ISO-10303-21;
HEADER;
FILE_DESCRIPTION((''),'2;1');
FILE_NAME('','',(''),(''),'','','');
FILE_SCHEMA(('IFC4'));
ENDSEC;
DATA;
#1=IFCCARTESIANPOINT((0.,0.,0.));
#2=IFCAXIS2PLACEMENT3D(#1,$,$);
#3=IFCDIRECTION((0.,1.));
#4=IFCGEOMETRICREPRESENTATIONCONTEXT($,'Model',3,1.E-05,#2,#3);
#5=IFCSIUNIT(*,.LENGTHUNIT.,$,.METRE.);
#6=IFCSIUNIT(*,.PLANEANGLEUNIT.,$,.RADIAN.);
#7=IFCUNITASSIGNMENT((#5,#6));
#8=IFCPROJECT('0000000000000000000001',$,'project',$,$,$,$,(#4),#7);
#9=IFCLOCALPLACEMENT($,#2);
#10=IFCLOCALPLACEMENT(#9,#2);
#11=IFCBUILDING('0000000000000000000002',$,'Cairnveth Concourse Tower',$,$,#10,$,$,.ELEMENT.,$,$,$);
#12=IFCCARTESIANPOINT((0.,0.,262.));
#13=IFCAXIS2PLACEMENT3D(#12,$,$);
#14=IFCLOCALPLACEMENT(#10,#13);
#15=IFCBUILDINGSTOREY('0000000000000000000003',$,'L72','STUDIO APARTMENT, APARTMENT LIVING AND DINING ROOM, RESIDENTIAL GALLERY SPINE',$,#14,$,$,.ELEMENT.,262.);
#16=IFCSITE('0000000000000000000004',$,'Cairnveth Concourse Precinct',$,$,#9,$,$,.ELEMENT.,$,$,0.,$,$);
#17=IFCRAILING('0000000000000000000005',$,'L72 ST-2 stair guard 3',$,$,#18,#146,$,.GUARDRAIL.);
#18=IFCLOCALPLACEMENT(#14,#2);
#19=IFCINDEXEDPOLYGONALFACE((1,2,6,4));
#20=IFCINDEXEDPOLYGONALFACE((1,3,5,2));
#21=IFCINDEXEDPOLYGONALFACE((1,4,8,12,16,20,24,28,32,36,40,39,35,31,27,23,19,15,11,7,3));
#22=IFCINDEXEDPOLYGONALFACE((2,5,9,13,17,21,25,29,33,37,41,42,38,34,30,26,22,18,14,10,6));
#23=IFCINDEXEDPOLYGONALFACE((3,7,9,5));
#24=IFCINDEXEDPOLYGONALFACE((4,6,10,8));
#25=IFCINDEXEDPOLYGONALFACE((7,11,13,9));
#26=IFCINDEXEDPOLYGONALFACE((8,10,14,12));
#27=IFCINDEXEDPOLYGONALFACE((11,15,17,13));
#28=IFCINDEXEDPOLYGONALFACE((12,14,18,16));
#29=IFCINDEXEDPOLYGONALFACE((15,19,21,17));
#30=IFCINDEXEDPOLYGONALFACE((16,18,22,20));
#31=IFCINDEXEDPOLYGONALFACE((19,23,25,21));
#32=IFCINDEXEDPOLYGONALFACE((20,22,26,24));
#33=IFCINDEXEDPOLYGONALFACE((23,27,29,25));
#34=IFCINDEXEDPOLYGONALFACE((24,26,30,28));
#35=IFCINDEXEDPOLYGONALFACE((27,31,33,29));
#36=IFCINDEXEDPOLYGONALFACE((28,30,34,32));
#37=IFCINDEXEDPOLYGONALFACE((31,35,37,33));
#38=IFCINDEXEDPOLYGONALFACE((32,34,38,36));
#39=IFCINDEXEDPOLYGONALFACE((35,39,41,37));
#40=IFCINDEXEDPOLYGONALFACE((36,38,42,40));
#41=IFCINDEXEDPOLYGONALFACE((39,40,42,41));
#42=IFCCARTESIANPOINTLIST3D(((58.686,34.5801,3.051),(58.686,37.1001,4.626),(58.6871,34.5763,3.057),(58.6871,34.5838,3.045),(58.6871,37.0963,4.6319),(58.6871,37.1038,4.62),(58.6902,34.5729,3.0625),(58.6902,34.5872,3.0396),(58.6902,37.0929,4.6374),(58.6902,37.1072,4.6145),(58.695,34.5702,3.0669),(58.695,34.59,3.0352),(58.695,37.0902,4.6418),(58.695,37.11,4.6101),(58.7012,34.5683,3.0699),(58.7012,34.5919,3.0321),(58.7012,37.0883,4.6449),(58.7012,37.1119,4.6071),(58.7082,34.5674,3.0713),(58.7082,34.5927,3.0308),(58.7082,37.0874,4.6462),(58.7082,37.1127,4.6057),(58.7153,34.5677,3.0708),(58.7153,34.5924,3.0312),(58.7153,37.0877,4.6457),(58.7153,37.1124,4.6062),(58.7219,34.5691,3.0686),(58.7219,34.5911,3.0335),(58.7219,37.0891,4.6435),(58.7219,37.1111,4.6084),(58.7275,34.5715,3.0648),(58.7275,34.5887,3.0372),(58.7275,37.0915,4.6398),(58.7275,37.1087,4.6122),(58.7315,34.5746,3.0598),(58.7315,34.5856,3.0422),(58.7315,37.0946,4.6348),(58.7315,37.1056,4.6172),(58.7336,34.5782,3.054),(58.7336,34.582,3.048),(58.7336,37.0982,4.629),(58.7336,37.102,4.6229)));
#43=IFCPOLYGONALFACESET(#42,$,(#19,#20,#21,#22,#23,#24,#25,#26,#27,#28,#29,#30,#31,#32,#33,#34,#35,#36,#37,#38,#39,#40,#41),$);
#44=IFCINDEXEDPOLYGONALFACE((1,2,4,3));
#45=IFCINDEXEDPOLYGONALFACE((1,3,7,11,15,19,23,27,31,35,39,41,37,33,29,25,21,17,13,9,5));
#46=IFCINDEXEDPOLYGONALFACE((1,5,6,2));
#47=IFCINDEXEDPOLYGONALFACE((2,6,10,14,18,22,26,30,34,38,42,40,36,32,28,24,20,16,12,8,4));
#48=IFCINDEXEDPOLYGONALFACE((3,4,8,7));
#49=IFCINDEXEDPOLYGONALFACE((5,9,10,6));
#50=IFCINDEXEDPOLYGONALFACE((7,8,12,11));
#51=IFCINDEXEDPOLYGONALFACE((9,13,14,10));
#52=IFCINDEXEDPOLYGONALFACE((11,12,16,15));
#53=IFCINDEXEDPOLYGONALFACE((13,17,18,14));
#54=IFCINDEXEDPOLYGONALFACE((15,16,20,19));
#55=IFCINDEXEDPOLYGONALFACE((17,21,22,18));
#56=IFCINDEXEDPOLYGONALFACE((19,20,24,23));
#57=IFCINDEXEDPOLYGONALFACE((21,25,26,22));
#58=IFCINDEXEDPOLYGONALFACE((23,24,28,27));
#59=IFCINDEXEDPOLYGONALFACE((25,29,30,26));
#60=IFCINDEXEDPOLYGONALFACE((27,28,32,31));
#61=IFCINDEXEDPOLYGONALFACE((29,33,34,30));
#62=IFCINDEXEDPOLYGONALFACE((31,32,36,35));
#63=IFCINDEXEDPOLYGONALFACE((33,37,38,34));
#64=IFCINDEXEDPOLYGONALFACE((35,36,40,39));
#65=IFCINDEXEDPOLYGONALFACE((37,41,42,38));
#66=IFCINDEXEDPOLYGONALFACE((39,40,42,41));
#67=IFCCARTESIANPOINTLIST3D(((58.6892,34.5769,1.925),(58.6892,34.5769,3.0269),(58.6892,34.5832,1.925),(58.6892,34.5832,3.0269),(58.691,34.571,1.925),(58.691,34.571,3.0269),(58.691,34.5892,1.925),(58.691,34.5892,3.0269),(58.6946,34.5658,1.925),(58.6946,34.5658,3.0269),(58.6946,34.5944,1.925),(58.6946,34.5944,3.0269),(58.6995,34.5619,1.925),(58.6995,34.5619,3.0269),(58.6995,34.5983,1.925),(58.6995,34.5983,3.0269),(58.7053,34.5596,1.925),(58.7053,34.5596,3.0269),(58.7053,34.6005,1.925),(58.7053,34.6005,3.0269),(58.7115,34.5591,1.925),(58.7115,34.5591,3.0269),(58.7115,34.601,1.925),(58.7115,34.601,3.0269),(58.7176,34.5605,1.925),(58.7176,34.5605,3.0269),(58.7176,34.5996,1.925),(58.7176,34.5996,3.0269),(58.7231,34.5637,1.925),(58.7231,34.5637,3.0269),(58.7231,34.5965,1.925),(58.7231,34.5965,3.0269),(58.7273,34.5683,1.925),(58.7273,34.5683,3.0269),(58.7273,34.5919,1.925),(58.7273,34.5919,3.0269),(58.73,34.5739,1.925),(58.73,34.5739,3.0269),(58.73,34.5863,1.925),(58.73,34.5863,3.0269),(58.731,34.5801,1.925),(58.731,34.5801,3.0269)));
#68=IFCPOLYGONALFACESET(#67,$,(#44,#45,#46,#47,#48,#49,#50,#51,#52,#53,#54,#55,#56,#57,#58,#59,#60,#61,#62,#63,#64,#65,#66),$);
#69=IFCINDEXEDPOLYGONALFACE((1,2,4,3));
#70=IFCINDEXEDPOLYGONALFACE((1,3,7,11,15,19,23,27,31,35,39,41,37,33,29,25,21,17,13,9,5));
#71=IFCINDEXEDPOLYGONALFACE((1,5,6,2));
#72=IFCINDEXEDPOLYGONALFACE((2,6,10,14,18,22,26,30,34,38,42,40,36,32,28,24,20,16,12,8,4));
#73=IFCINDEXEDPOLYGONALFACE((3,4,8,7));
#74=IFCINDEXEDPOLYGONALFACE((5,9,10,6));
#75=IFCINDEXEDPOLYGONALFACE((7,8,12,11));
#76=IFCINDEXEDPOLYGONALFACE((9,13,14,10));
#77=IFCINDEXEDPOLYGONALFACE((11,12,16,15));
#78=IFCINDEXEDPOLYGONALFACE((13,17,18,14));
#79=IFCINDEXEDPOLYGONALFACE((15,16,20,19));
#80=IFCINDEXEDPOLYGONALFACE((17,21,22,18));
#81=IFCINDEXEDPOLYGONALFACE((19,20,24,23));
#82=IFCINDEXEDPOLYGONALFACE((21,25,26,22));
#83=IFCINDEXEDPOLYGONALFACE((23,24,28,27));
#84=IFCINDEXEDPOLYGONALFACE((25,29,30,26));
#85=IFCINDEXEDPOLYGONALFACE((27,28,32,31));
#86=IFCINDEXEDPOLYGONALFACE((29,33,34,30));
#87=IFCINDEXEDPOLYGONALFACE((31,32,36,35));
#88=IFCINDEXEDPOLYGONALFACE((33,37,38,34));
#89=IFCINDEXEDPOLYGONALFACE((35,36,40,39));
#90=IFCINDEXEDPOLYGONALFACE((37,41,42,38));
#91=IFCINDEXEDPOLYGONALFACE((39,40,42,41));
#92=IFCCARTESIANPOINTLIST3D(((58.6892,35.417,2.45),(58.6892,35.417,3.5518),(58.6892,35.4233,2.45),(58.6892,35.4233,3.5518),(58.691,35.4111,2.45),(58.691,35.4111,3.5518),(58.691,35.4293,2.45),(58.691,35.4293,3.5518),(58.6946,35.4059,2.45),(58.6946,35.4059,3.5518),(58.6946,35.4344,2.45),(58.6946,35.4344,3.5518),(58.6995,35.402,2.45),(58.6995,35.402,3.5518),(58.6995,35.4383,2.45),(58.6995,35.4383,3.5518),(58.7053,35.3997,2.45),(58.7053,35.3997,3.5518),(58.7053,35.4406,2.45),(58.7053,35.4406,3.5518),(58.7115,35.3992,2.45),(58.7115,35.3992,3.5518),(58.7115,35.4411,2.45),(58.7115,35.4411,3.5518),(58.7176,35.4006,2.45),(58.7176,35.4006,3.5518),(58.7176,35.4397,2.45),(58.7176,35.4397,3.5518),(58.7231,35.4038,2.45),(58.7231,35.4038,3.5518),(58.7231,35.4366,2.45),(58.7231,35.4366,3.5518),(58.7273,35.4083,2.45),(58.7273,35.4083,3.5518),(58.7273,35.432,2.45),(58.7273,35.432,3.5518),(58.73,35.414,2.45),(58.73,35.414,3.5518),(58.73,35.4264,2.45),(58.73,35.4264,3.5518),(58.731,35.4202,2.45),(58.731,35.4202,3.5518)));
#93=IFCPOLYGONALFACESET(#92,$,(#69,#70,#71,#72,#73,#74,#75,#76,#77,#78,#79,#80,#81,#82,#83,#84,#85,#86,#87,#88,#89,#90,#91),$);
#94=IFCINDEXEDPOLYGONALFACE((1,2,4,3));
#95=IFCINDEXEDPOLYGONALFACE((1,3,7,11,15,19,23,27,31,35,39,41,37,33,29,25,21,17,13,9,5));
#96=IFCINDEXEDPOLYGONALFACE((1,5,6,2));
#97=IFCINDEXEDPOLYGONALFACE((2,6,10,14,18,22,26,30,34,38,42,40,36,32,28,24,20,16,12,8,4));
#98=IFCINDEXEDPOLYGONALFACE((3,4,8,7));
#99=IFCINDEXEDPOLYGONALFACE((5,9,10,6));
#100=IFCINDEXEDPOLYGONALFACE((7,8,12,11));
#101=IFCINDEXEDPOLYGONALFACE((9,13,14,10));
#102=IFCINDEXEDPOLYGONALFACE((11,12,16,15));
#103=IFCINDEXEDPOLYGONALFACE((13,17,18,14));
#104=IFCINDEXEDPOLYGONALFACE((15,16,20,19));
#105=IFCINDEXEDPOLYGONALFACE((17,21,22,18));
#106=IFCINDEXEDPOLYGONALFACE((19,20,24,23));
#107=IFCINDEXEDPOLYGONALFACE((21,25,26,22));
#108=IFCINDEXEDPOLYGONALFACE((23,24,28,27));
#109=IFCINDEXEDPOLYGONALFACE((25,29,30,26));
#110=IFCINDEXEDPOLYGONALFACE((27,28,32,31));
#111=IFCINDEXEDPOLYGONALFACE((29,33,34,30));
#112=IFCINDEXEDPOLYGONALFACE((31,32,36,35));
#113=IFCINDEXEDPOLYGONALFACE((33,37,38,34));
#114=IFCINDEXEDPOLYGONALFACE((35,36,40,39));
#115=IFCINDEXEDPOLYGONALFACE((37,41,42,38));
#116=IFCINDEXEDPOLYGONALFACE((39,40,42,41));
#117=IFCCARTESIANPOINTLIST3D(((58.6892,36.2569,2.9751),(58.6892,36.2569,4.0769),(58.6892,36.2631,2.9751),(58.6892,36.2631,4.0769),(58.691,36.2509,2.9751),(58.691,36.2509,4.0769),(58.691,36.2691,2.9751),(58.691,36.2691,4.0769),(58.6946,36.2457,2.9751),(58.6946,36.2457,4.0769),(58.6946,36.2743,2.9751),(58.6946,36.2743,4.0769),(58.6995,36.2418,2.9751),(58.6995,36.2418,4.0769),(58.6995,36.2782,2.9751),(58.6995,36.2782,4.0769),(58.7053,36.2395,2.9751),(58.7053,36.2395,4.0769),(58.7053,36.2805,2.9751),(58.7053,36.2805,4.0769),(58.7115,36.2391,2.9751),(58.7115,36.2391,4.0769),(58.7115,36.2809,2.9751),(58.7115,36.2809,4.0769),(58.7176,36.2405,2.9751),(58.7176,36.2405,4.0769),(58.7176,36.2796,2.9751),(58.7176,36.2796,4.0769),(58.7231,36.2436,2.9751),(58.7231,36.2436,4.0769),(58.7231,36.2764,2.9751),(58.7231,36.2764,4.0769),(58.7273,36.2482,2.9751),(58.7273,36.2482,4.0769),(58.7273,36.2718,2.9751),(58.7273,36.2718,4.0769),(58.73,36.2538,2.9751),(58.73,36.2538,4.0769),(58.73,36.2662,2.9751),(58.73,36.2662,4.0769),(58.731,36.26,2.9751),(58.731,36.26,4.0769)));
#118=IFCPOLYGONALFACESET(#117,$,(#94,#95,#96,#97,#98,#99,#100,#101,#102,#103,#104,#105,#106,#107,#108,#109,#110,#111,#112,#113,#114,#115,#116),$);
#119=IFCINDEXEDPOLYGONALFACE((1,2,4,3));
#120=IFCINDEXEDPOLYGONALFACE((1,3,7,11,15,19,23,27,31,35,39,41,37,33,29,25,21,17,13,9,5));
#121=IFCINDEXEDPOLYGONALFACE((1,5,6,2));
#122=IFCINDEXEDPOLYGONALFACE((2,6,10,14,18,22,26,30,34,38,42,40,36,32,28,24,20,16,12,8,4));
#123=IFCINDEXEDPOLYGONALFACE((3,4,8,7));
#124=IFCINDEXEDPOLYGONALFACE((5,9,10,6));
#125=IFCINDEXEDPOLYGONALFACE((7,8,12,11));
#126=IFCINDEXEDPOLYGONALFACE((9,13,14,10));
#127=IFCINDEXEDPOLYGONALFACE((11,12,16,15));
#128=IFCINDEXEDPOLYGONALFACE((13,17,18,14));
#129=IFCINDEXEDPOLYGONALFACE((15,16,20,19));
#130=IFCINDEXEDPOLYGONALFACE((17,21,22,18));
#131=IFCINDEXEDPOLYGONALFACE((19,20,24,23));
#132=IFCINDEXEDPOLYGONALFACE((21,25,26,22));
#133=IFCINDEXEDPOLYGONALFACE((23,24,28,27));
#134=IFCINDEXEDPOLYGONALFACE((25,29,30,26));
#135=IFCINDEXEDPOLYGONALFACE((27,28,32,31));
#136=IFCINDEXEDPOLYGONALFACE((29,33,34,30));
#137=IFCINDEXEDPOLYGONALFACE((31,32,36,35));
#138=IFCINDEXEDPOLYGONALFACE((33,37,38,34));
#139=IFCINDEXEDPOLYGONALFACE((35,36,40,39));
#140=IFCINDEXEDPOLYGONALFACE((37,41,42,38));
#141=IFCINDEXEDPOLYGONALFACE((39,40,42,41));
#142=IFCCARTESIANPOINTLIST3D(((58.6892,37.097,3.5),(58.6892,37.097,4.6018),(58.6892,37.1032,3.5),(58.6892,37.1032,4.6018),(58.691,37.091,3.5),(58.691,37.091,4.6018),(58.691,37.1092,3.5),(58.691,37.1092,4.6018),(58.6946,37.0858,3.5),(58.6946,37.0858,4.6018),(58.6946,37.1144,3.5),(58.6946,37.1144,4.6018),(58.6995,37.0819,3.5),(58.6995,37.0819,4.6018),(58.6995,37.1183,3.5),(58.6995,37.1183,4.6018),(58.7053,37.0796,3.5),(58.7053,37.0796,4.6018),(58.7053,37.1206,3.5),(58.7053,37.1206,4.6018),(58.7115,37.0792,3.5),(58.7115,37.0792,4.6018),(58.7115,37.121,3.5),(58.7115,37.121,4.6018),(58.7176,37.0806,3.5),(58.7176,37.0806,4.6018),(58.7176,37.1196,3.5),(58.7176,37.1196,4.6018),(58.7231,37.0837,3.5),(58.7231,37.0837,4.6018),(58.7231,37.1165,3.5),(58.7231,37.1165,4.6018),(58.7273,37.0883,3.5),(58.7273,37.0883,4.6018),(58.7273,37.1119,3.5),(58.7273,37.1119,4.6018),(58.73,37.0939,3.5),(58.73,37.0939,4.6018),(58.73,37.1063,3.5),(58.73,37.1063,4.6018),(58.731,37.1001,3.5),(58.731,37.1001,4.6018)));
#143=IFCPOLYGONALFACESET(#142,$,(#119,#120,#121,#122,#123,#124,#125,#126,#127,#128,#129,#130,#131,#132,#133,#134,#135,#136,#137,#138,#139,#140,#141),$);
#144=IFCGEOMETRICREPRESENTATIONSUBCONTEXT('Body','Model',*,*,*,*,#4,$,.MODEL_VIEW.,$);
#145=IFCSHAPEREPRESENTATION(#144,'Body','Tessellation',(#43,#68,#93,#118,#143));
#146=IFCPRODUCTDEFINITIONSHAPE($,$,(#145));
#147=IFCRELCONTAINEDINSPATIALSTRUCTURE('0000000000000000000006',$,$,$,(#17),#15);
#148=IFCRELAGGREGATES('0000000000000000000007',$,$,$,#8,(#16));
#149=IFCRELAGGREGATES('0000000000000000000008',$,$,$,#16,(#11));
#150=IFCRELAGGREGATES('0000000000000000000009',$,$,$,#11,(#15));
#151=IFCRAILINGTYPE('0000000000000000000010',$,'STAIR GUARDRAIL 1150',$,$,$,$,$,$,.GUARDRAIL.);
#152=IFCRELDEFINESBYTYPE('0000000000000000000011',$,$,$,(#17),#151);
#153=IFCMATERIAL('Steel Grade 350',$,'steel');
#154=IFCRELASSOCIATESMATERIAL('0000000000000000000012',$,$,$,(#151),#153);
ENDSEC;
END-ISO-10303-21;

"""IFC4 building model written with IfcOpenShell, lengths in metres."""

from ifc_helpers import new_model, si_unit, direction, frame, origin, origin_2d, place, context, subcontext, project, spatial, circle, extrude, material, type_object, element, save


model = new_model("IFC4")

# Units and contexts
model_context = context("Model", 3, precision=1e-05, world=origin(), true_north=direction((0.0, 1.0)))
body_context = subcontext(model_context, "Body", "Model", "MODEL_VIEW")
ifc_project = project(units=[si_unit("LENGTHUNIT", "METRE"), si_unit("PLANEANGLEUNIT", "RADIAN")], contexts=[model_context])

# Site, building, storey
site_placement = place(None, origin())
site = spatial("IfcSite", under=ifc_project, at=site_placement, Name="Cairnveth Concourse Precinct", CompositionType="ELEMENT", RefElevation=0.0)
building_placement = place(site_placement, origin())
building = spatial("IfcBuilding", under=site, at=building_placement, Name="Cairnveth Concourse Tower", CompositionType="ELEMENT")
storey_placement = place(building_placement, frame((0.0, 0.0, 262.0)))
storey = spatial("IfcBuildingStorey", under=building, at=storey_placement, Name="L72", Description="STUDIO APARTMENT, APARTMENT LIVING AND DINING ROOM, RESIDENTIAL GALLERY SPINE", CompositionType="ELEMENT", Elevation=262.0)

# Shared definitions
ifc_material_1 = material(Name="Steel Grade 350", Category="steel")

# Railing
railing_type_1 = type_object("IfcRailingType", Name="STAIR GUARDRAIL 1150", PredefinedType="GUARDRAIL", material=ifc_material_1)
railing_1_placement = place(storey_placement, frame((58.71, 34.5801, 1.925)))
element("IfcRailing", 1, at=railing_1_placement, inside=storey, type_object=railing_type_1, Name="L72 ST-2 stair guard 3", PredefinedType="GUARDRAIL", context=body_context, shape_type="SweptSolid", body=[
    extrude(circle(Radius=0.0239, at=origin_2d()), frame((0.0, 0.0, 1.126), z_axis=(0.0, 0.848008, 0.529984), x_axis=(-1.0, 0.0, 0.0)), (0.0, 0.0, 1.0), 2.9717),
    extrude(circle(Radius=0.021, at=origin_2d()), origin(), (0.0, 0.0, 1.0), 1.1018),
    extrude(circle(Radius=0.021, at=origin_2d()), frame((0.0, 0.8401, 0.5249)), (0.0, 0.0, 1.0), 1.1018),
    extrude(circle(Radius=0.021, at=origin_2d()), frame((0.0, 1.6799, 1.05)), (0.0, 0.0, 1.0), 1.1018),
    extrude(circle(Radius=0.021, at=origin_2d()), frame((0.0, 2.52, 1.575)), (0.0, 0.0, 1.0), 1.1018),
])

save(model, "model.ifc")
